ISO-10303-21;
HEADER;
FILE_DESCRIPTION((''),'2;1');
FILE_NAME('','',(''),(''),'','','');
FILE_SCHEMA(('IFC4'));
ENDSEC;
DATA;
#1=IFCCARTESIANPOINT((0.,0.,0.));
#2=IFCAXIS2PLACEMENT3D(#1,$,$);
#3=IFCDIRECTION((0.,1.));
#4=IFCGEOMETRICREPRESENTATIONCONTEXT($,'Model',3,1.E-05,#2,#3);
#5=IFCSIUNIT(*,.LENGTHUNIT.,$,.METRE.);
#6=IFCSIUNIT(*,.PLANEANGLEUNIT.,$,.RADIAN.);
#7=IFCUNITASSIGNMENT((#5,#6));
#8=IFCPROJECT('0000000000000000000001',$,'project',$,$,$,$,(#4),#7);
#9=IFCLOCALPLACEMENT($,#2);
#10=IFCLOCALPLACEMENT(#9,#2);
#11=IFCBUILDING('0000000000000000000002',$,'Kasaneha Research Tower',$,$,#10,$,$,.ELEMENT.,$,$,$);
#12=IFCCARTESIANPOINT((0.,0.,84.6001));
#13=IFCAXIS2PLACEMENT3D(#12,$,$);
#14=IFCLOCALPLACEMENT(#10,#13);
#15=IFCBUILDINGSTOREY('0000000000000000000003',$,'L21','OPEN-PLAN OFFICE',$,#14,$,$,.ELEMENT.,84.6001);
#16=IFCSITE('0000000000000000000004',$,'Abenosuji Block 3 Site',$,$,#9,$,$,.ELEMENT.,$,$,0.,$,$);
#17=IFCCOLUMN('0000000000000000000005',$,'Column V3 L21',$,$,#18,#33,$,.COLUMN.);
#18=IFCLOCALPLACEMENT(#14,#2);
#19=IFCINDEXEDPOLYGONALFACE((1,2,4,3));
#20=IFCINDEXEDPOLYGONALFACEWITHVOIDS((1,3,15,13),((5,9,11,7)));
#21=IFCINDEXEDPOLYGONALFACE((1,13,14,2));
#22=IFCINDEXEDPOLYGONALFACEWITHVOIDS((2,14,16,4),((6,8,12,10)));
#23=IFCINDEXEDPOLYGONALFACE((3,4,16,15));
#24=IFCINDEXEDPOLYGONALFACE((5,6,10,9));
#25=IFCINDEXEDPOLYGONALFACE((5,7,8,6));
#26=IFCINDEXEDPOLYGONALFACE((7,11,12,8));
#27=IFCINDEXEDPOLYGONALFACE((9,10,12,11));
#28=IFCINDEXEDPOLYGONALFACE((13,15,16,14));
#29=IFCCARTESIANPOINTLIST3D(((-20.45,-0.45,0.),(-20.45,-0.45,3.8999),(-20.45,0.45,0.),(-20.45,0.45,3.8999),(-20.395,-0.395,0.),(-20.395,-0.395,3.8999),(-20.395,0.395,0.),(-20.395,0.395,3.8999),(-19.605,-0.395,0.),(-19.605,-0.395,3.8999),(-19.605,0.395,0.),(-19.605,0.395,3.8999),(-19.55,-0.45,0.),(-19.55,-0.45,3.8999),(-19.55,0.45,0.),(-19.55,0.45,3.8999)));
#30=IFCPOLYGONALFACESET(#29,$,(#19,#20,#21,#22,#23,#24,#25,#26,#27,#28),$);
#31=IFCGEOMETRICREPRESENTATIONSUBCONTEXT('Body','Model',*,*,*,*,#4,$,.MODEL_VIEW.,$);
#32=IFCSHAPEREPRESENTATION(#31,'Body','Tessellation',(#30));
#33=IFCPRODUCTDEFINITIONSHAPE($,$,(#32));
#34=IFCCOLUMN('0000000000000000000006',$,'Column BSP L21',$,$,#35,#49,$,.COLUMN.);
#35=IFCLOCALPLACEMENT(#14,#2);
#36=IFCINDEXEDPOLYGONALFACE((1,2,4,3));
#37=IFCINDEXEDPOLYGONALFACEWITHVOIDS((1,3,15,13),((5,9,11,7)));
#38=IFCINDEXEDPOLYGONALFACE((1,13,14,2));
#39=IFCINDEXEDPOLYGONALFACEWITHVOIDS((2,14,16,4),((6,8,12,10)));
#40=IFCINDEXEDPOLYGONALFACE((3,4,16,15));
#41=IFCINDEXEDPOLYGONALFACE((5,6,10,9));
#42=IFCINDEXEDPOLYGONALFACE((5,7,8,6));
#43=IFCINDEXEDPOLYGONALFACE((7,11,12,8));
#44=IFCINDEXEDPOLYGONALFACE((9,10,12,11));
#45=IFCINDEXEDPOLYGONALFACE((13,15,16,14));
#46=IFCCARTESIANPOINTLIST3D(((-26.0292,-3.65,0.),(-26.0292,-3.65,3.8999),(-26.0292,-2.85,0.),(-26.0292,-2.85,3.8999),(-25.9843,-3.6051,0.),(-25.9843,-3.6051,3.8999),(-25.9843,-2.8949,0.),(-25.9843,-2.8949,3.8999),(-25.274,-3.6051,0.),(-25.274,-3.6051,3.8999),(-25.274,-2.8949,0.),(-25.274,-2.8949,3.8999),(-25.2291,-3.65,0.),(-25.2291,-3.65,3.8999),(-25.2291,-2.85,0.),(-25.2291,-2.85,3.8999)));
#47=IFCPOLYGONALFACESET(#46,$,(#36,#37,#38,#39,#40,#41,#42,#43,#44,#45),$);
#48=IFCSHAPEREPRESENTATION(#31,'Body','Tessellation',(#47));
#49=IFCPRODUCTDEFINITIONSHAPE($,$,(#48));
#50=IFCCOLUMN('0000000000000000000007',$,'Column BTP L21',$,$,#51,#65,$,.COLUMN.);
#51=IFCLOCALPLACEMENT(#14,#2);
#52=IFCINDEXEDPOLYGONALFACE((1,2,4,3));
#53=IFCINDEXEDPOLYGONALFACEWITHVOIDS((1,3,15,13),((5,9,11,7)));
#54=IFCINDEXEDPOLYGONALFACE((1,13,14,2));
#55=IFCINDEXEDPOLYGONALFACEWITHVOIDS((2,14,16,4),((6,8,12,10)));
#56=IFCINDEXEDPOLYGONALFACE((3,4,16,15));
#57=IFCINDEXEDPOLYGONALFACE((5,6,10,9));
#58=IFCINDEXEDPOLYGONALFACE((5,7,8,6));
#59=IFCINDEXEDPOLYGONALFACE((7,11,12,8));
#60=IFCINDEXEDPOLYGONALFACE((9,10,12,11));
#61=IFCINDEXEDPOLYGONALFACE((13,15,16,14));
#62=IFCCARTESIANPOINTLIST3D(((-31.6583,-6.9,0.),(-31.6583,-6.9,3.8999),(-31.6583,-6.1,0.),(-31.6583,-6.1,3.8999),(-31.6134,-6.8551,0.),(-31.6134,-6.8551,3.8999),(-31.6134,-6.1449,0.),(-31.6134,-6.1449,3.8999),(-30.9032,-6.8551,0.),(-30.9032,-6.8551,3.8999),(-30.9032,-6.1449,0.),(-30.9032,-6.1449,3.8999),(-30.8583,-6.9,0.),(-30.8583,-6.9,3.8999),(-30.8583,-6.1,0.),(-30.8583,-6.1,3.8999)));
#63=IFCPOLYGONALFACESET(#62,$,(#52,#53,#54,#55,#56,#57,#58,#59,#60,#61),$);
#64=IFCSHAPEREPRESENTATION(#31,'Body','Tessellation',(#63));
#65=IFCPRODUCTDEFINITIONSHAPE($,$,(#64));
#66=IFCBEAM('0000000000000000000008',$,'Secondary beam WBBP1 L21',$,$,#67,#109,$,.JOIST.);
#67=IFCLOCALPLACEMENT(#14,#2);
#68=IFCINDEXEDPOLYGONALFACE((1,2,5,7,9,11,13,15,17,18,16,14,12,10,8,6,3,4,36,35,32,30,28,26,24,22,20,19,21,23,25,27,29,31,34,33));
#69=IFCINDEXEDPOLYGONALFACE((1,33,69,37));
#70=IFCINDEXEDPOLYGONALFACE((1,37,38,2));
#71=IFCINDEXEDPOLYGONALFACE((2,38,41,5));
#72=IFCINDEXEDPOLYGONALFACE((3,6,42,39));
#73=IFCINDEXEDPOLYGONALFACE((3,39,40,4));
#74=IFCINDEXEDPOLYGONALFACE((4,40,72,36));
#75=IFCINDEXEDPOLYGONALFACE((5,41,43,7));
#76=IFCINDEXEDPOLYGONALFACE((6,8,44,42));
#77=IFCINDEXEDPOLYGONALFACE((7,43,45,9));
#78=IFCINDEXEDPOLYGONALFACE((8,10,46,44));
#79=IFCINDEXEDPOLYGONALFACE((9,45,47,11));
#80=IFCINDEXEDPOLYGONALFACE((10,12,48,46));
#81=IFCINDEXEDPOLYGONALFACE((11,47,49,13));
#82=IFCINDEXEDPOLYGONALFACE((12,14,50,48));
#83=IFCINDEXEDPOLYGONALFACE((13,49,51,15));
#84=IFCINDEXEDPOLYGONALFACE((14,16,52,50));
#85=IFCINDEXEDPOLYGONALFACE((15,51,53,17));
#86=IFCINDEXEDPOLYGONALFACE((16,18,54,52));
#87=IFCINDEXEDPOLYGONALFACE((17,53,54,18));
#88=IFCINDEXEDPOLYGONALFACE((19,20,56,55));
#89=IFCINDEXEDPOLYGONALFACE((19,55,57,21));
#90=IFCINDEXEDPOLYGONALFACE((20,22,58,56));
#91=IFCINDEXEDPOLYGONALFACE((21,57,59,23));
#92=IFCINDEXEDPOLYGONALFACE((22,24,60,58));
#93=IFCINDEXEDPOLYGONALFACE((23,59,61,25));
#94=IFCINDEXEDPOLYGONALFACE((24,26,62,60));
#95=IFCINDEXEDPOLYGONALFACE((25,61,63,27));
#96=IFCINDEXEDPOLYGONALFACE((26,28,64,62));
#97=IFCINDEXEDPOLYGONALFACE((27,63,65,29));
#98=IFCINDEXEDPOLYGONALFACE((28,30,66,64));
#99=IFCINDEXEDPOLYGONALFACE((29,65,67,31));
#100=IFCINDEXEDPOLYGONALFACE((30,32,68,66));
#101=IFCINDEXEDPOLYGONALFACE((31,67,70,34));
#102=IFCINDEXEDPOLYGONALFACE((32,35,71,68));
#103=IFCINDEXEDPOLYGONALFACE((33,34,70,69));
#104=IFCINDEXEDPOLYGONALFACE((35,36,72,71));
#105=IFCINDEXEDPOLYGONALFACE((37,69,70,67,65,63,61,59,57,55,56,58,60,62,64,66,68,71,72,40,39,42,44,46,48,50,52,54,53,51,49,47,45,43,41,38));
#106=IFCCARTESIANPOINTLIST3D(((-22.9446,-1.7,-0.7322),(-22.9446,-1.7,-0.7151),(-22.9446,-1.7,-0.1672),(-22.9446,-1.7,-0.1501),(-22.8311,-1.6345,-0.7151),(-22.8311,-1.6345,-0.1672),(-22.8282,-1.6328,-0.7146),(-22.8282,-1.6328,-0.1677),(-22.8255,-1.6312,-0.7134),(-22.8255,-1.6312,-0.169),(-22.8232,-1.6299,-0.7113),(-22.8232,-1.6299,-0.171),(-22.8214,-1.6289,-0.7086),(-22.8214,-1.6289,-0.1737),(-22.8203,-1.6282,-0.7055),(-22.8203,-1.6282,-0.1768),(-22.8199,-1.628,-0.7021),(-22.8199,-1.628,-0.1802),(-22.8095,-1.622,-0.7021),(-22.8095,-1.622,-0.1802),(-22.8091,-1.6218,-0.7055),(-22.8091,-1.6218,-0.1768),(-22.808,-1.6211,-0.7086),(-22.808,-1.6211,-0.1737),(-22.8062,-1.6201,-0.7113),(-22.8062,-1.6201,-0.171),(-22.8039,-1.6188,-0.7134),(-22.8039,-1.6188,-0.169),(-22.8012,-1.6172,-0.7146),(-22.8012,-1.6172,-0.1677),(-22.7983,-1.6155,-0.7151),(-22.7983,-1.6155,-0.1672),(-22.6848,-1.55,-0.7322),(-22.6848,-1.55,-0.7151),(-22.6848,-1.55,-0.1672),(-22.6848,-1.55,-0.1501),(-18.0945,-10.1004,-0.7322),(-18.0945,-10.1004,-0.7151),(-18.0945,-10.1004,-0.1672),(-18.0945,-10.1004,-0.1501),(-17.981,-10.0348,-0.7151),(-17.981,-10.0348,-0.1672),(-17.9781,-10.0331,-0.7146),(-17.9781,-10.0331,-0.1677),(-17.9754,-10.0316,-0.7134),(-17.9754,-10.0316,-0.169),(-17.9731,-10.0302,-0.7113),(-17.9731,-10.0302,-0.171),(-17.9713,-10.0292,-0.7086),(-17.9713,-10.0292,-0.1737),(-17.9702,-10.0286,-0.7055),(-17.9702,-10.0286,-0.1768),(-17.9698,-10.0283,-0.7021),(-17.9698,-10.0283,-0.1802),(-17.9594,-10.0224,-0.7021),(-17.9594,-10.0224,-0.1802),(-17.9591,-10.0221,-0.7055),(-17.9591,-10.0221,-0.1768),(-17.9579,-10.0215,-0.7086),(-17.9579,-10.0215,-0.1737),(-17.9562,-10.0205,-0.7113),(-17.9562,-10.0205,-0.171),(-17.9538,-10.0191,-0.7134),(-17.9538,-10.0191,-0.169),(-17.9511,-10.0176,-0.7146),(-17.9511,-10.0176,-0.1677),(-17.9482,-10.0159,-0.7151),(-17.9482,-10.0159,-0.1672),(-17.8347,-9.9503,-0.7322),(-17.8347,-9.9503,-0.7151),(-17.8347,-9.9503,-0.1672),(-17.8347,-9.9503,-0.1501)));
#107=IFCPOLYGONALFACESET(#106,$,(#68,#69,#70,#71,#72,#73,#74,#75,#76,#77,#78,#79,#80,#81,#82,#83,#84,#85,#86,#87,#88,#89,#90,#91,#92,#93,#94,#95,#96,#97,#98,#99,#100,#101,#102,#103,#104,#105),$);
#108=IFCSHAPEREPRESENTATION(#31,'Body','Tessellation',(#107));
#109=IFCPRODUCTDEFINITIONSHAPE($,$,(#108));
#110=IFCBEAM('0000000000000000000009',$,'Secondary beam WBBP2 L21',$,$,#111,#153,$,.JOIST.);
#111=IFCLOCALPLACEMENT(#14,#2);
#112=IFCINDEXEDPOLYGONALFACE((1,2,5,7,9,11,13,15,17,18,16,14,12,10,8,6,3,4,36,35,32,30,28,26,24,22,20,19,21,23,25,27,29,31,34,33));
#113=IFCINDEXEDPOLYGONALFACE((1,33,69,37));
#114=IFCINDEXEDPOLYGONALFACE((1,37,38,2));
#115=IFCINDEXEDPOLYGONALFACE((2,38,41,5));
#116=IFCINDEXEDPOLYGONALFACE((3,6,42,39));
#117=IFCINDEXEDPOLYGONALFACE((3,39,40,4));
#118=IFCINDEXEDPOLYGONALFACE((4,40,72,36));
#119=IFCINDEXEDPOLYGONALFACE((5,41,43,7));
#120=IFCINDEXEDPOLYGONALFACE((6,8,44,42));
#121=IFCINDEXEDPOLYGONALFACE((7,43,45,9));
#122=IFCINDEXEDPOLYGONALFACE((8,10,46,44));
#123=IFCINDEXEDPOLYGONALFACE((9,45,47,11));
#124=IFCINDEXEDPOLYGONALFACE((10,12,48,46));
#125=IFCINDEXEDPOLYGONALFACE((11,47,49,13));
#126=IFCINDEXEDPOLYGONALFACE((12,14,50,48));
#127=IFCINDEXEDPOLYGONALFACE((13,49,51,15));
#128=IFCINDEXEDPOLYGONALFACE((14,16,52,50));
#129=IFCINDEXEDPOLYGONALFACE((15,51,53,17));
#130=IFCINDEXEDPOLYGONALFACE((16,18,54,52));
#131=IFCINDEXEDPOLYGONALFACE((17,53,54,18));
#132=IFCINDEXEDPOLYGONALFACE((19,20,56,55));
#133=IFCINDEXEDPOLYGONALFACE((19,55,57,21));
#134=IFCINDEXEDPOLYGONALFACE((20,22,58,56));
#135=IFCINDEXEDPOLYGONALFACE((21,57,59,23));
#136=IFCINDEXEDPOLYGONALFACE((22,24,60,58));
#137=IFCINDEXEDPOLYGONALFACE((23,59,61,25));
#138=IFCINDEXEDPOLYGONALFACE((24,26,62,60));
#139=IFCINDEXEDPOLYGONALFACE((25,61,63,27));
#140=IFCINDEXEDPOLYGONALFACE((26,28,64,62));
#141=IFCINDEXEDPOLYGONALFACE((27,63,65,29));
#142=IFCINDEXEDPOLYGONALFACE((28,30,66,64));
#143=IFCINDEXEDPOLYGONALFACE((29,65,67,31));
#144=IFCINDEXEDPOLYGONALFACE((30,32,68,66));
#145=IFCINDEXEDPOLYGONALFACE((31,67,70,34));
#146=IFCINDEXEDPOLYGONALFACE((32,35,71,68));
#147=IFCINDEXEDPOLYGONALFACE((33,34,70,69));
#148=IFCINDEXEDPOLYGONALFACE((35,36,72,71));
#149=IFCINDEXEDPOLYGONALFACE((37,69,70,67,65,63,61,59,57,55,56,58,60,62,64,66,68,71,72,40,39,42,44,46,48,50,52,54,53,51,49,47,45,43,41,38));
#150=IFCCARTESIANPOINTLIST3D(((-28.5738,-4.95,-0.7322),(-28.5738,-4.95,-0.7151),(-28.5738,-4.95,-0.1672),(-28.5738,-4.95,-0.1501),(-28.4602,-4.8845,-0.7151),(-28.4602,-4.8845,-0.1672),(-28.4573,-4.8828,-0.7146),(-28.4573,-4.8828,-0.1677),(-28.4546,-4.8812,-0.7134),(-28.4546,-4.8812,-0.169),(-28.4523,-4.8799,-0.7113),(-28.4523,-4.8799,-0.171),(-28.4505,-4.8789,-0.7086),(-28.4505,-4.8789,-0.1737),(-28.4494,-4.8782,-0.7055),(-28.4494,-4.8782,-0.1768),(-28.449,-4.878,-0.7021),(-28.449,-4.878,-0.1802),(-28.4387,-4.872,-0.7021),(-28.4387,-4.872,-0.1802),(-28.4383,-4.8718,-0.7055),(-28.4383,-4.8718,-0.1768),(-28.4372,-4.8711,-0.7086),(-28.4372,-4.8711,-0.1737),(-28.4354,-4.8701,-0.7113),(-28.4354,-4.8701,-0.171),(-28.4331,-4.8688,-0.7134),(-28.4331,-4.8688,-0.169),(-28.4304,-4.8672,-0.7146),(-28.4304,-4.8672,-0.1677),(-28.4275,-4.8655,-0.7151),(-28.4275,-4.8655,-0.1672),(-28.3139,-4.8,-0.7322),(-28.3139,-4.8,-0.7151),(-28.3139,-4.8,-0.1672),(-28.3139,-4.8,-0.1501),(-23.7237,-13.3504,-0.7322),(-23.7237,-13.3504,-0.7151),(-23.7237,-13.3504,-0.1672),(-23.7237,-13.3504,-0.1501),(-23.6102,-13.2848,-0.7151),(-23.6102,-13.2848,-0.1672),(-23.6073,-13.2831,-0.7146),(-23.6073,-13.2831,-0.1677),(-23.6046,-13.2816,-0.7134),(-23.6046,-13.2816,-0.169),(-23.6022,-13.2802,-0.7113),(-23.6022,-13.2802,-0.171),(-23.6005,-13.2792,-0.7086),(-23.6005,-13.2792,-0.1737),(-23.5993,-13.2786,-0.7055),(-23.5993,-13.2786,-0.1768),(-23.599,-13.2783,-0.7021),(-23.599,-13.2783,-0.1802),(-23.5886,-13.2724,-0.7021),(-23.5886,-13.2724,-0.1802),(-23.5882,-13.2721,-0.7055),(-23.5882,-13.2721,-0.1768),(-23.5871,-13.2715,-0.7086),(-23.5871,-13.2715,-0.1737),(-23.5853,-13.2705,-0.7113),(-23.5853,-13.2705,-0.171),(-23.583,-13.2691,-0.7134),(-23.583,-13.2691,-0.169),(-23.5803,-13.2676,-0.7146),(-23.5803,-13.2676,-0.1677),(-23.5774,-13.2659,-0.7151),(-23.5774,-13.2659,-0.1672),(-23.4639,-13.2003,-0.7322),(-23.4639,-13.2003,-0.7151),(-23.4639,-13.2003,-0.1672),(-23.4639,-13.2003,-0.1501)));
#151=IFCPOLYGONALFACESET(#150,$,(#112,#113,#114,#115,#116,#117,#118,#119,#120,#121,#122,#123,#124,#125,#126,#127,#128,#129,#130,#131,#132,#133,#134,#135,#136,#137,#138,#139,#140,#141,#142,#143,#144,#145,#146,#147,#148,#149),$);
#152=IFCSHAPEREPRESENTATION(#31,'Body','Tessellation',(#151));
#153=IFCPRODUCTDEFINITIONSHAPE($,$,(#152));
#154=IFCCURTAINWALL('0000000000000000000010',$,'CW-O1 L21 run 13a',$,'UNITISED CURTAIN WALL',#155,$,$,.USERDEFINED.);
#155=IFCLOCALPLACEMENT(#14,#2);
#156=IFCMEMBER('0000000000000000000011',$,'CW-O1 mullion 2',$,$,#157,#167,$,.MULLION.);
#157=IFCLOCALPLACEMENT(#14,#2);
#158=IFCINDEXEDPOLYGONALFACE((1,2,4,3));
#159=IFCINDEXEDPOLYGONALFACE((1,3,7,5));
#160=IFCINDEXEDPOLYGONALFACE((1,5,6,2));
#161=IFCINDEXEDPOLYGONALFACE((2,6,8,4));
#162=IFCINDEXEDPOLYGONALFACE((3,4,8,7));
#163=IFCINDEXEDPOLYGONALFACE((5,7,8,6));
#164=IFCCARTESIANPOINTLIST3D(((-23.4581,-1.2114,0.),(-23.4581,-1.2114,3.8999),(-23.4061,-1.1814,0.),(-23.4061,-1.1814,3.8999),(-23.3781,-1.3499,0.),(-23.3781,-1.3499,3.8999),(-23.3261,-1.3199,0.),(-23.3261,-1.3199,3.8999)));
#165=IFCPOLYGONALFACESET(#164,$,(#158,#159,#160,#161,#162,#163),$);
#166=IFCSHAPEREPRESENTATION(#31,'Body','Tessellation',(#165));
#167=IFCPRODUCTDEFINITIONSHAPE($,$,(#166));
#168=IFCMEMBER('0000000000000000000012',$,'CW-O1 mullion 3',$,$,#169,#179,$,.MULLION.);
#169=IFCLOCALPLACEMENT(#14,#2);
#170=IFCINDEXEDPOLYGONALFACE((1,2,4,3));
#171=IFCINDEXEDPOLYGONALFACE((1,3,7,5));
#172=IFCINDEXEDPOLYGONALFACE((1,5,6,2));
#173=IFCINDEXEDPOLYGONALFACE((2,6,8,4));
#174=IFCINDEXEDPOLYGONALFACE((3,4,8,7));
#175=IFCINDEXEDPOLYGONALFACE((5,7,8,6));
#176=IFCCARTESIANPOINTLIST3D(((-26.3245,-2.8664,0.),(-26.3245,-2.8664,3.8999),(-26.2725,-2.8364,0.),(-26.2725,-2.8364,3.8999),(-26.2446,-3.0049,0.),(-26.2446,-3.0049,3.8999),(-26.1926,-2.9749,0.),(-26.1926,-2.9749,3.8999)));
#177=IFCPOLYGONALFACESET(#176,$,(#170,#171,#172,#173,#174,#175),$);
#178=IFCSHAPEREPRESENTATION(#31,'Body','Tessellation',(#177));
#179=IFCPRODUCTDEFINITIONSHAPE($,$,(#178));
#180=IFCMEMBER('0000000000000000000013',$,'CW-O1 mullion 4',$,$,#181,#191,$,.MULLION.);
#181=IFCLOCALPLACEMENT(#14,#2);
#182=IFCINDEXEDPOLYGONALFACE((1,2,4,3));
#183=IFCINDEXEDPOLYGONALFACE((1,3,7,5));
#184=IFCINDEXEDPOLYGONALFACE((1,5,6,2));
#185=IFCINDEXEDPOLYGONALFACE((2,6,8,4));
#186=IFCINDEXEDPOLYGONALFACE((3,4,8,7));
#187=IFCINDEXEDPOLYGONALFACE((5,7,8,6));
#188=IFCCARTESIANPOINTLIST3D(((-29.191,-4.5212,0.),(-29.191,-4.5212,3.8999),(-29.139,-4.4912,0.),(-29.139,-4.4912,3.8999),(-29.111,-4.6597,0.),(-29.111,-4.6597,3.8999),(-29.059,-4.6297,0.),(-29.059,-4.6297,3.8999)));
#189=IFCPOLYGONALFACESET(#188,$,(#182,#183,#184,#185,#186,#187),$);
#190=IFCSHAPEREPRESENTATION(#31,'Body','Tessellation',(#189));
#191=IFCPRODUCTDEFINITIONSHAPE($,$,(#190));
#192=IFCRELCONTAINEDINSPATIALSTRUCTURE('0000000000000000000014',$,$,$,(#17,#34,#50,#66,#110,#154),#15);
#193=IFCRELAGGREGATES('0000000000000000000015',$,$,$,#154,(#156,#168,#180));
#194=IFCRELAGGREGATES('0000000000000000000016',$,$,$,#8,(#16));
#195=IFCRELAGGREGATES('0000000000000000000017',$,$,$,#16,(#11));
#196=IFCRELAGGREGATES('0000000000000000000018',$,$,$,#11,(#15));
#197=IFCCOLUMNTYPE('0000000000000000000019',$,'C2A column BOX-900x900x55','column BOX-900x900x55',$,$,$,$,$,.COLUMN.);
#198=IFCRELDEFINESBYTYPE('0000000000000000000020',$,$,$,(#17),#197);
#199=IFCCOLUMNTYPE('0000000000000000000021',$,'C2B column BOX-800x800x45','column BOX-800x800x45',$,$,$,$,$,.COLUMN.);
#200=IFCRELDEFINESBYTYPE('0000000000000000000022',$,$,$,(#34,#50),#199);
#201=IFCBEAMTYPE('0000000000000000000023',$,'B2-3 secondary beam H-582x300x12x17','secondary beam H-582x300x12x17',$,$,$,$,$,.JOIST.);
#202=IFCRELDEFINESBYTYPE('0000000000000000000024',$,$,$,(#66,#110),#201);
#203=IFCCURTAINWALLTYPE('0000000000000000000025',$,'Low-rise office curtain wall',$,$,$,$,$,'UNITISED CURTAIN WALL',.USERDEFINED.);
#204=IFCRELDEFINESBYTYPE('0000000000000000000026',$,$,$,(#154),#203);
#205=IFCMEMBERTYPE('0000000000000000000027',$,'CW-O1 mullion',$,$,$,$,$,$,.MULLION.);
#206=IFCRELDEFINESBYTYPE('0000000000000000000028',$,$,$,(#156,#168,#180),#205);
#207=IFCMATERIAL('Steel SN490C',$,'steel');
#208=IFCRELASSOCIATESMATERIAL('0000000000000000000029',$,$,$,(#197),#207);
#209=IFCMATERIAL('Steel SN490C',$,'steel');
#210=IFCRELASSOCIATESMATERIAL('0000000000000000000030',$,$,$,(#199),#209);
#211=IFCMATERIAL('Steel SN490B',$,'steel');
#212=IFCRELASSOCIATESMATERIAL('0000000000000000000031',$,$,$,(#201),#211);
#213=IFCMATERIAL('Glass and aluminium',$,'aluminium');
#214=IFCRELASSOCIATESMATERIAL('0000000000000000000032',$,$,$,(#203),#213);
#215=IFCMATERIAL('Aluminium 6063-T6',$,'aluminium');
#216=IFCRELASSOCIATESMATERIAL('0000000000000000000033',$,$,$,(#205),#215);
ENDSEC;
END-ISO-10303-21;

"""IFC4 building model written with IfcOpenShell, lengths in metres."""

from ifc_helpers import new_model, si_unit, direction, frame, origin, origin_2d, place, context, subcontext, project, spatial, rectangle, hollow_rectangle, i_section, extrude, material, material_profile, profile_set, type_object, element, aggregate, save


model = new_model("IFC4")

# Units and contexts
model_context = context("Model", 3, precision=1e-05, world=origin(), true_north=direction((0.0, 1.0)))
body_context = subcontext(model_context, "Body", "Model", "MODEL_VIEW")
ifc_project = project(units=[si_unit("LENGTHUNIT", "METRE"), si_unit("PLANEANGLEUNIT", "RADIAN")], contexts=[model_context])

# Site, building, storey
site_placement = place(None, origin())
site = spatial("IfcSite", under=ifc_project, at=site_placement, Name="Abenosuji Block 3 Site", CompositionType="ELEMENT", RefElevation=0.0)
building_placement = place(site_placement, origin())
building = spatial("IfcBuilding", under=site, at=building_placement, Name="Kasaneha Research Tower", CompositionType="ELEMENT")
storey_placement = place(building_placement, frame((0.0, 0.0, 84.6001)))
storey = spatial("IfcBuildingStorey", under=building, at=storey_placement, Name="L21", Description="OPEN-PLAN OFFICE", CompositionType="ELEMENT", Elevation=84.6001)

# Columns
ifc_material_1 = material(Name="Steel SN490C", Category="steel")
ifc_material_profile_1 = material_profile(ifc_material_1, hollow_rectangle(XDim=0.8999, YDim=0.8999, WallThickness=0.0549, at=origin_2d()), Name="BOX-900x900x55")
ifc_profile_set_1 = profile_set([ifc_material_profile_1], Name="Steel SN490C")
column_type_1 = type_object("IfcColumnType", Name="C2A column BOX-900x900x55", Description="column BOX-900x900x55", PredefinedType="COLUMN", material=ifc_profile_set_1)
column_placement = place(storey_placement, frame((-20.0, 0.0, 0.0), z_axis=(0.0, 0.0, 1.0), x_axis=(1.0, 0.0, 0.0)))
element("IfcColumn", 1, at=column_placement, inside=storey, type_object=column_type_1, Name="Column V3 L21", PredefinedType="COLUMN", context=body_context, shape_type="SweptSolid", body=[
    extrude(hollow_rectangle(XDim=0.8999, YDim=0.8999, WallThickness=0.0549, at=origin_2d()), origin(), (0.0, 0.0, 1.0), 3.8999),
])
ifc_material_2 = material(Name="Steel SN490C", Category="steel")
ifc_material_profile_2 = material_profile(ifc_material_2, hollow_rectangle(XDim=0.8, YDim=0.8, WallThickness=0.0449, at=origin_2d()), Name="BOX-800x800x45")
ifc_profile_set_2 = profile_set([ifc_material_profile_2], Name="Steel SN490C")
column_type_2 = type_object("IfcColumnType", Name="C2B column BOX-800x800x45", Description="column BOX-800x800x45", PredefinedType="COLUMN", material=ifc_profile_set_2)
for number, where, z_axis, x_axis, name in (
    (2, (-25.6292, -3.25, 0.0), (0.0, 0.0, 1.0), (1.0, 0.0, 0.0), "Column BSP L21"),
    (3, (-31.2583, -6.5, 0.0), (0.0, 0.0, 1.0), (1.0, 0.0, 0.0), "Column BTP L21"),
):
    element("IfcColumn", number, at=place(storey_placement, frame(where, z_axis=z_axis, x_axis=x_axis)), inside=storey, type_object=column_type_2, Name=name, PredefinedType="COLUMN", context=body_context, shape_type="SweptSolid", body=[
        extrude(hollow_rectangle(XDim=0.8, YDim=0.8, WallThickness=0.0449, at=origin_2d()), origin(), (0.0, 0.0, 1.0), 3.8999),
    ])

# Beams
ifc_material_3 = material(Name="Steel SN490B", Category="steel")
ifc_material_profile_3 = material_profile(ifc_material_3, i_section(OverallWidth=0.3, OverallDepth=0.582, WebThickness=0.012, FlangeThickness=0.0171, FilletRadius=0.0129, at=origin_2d()), Name="H-582x300x12x17")
ifc_profile_set_3 = profile_set([ifc_material_profile_3], Name="Steel SN490B")
beam_type_1 = type_object("IfcBeamType", Name="B2-3 secondary beam H-582x300x12x17", Description="secondary beam H-582x300x12x17", PredefinedType="JOIST", material=ifc_profile_set_3)
for number, where, z_axis, x_axis, name in (
    (4, (-22.8147, -1.625, -0.4412), (0.50001, -0.86602, 0.0), (0.86602, 0.50001, 0.0), "Secondary beam WBBP1 L21"),
    (5, (-28.4438, -4.875, -0.4412), (0.50001, -0.86602, 0.0), (0.86602, 0.50001, 0.0), "Secondary beam WBBP2 L21"),
):
    element("IfcBeam", number, at=place(storey_placement, frame(where, z_axis=z_axis, x_axis=x_axis)), inside=storey, type_object=beam_type_1, Name=name, PredefinedType="JOIST", context=body_context, shape_type="SweptSolid", body=[
        extrude(i_section(OverallWidth=0.3, OverallDepth=0.582, WebThickness=0.012, FlangeThickness=0.0171, FilletRadius=0.0129, at=origin_2d()), origin(), (0.0, 0.0, 1.0), 9.7),
    ])

# Curtain wall, members
ifc_material_4 = material(Name="Glass and aluminium", Category="aluminium")
curtain_wall_type = type_object("IfcCurtainWallType", Name="Low-rise office curtain wall", ElementType="UNITISED CURTAIN WALL", PredefinedType="USERDEFINED", material=ifc_material_4)
curtain_wall_1_placement = place(storey_placement, origin())
curtain_wall_1 = element("IfcCurtainWall", 6, at=curtain_wall_1_placement, inside=storey, type_object=curtain_wall_type, Name="CW-O1 L21 run 13a", ObjectType="UNITISED CURTAIN WALL", PredefinedType="USERDEFINED")
ifc_material_5 = material(Name="Aluminium 6063-T6", Category="aluminium")
ifc_material_profile_4 = material_profile(ifc_material_5, rectangle(XDim=0.0601, YDim=0.1599, at=origin_2d()), Name="CW-O1 mullion 60x160")
ifc_profile_set_4 = profile_set([ifc_material_profile_4], Name="Aluminium 6063-T6")
member_type_1 = type_object("IfcMemberType", Name="CW-O1 mullion", PredefinedType="MULLION", material=ifc_profile_set_4)
member_1_placement = place(storey_placement, frame((-23.3921, -1.2656, 0.0), z_axis=(0.0, 0.0, 1.0), x_axis=(-0.866025, -0.5, 0.0)))
member_1 = element("IfcMember", 7, at=member_1_placement, type_object=member_type_1, Name="CW-O1 mullion 2", PredefinedType="MULLION", context=body_context, shape_type="SweptSolid", body=[
    extrude(rectangle(XDim=0.0601, YDim=0.1599, at=origin_2d()), origin(), (0.0, 0.0, 1.0), 3.8999),
])
member_2_placement = place(storey_placement, frame((-26.2585, -2.9207, 0.0), z_axis=(0.0, 0.0, 1.0), x_axis=(-0.866025, -0.5, 0.0)))
member_2 = element("IfcMember", 8, at=member_2_placement, type_object=member_type_1, Name="CW-O1 mullion 3", PredefinedType="MULLION", context=body_context, shape_type="SweptSolid", body=[
    extrude(rectangle(XDim=0.0601, YDim=0.1599, at=origin_2d()), origin(), (0.0, 0.0, 1.0), 3.8999),
])
member_3_placement = place(storey_placement, frame((-29.125, -4.5754, 0.0), z_axis=(0.0, 0.0, 1.0), x_axis=(-0.866025, -0.5, 0.0)))
member_3 = element("IfcMember", 9, at=member_3_placement, type_object=member_type_1, Name="CW-O1 mullion 4", PredefinedType="MULLION", context=body_context, shape_type="SweptSolid", body=[
    extrude(rectangle(XDim=0.0601, YDim=0.1599, at=origin_2d()), origin(), (0.0, 0.0, 1.0), 3.8999),
])

aggregate(curtain_wall_1, [member_1, member_2, member_3])

save(model, "model.ifc")
